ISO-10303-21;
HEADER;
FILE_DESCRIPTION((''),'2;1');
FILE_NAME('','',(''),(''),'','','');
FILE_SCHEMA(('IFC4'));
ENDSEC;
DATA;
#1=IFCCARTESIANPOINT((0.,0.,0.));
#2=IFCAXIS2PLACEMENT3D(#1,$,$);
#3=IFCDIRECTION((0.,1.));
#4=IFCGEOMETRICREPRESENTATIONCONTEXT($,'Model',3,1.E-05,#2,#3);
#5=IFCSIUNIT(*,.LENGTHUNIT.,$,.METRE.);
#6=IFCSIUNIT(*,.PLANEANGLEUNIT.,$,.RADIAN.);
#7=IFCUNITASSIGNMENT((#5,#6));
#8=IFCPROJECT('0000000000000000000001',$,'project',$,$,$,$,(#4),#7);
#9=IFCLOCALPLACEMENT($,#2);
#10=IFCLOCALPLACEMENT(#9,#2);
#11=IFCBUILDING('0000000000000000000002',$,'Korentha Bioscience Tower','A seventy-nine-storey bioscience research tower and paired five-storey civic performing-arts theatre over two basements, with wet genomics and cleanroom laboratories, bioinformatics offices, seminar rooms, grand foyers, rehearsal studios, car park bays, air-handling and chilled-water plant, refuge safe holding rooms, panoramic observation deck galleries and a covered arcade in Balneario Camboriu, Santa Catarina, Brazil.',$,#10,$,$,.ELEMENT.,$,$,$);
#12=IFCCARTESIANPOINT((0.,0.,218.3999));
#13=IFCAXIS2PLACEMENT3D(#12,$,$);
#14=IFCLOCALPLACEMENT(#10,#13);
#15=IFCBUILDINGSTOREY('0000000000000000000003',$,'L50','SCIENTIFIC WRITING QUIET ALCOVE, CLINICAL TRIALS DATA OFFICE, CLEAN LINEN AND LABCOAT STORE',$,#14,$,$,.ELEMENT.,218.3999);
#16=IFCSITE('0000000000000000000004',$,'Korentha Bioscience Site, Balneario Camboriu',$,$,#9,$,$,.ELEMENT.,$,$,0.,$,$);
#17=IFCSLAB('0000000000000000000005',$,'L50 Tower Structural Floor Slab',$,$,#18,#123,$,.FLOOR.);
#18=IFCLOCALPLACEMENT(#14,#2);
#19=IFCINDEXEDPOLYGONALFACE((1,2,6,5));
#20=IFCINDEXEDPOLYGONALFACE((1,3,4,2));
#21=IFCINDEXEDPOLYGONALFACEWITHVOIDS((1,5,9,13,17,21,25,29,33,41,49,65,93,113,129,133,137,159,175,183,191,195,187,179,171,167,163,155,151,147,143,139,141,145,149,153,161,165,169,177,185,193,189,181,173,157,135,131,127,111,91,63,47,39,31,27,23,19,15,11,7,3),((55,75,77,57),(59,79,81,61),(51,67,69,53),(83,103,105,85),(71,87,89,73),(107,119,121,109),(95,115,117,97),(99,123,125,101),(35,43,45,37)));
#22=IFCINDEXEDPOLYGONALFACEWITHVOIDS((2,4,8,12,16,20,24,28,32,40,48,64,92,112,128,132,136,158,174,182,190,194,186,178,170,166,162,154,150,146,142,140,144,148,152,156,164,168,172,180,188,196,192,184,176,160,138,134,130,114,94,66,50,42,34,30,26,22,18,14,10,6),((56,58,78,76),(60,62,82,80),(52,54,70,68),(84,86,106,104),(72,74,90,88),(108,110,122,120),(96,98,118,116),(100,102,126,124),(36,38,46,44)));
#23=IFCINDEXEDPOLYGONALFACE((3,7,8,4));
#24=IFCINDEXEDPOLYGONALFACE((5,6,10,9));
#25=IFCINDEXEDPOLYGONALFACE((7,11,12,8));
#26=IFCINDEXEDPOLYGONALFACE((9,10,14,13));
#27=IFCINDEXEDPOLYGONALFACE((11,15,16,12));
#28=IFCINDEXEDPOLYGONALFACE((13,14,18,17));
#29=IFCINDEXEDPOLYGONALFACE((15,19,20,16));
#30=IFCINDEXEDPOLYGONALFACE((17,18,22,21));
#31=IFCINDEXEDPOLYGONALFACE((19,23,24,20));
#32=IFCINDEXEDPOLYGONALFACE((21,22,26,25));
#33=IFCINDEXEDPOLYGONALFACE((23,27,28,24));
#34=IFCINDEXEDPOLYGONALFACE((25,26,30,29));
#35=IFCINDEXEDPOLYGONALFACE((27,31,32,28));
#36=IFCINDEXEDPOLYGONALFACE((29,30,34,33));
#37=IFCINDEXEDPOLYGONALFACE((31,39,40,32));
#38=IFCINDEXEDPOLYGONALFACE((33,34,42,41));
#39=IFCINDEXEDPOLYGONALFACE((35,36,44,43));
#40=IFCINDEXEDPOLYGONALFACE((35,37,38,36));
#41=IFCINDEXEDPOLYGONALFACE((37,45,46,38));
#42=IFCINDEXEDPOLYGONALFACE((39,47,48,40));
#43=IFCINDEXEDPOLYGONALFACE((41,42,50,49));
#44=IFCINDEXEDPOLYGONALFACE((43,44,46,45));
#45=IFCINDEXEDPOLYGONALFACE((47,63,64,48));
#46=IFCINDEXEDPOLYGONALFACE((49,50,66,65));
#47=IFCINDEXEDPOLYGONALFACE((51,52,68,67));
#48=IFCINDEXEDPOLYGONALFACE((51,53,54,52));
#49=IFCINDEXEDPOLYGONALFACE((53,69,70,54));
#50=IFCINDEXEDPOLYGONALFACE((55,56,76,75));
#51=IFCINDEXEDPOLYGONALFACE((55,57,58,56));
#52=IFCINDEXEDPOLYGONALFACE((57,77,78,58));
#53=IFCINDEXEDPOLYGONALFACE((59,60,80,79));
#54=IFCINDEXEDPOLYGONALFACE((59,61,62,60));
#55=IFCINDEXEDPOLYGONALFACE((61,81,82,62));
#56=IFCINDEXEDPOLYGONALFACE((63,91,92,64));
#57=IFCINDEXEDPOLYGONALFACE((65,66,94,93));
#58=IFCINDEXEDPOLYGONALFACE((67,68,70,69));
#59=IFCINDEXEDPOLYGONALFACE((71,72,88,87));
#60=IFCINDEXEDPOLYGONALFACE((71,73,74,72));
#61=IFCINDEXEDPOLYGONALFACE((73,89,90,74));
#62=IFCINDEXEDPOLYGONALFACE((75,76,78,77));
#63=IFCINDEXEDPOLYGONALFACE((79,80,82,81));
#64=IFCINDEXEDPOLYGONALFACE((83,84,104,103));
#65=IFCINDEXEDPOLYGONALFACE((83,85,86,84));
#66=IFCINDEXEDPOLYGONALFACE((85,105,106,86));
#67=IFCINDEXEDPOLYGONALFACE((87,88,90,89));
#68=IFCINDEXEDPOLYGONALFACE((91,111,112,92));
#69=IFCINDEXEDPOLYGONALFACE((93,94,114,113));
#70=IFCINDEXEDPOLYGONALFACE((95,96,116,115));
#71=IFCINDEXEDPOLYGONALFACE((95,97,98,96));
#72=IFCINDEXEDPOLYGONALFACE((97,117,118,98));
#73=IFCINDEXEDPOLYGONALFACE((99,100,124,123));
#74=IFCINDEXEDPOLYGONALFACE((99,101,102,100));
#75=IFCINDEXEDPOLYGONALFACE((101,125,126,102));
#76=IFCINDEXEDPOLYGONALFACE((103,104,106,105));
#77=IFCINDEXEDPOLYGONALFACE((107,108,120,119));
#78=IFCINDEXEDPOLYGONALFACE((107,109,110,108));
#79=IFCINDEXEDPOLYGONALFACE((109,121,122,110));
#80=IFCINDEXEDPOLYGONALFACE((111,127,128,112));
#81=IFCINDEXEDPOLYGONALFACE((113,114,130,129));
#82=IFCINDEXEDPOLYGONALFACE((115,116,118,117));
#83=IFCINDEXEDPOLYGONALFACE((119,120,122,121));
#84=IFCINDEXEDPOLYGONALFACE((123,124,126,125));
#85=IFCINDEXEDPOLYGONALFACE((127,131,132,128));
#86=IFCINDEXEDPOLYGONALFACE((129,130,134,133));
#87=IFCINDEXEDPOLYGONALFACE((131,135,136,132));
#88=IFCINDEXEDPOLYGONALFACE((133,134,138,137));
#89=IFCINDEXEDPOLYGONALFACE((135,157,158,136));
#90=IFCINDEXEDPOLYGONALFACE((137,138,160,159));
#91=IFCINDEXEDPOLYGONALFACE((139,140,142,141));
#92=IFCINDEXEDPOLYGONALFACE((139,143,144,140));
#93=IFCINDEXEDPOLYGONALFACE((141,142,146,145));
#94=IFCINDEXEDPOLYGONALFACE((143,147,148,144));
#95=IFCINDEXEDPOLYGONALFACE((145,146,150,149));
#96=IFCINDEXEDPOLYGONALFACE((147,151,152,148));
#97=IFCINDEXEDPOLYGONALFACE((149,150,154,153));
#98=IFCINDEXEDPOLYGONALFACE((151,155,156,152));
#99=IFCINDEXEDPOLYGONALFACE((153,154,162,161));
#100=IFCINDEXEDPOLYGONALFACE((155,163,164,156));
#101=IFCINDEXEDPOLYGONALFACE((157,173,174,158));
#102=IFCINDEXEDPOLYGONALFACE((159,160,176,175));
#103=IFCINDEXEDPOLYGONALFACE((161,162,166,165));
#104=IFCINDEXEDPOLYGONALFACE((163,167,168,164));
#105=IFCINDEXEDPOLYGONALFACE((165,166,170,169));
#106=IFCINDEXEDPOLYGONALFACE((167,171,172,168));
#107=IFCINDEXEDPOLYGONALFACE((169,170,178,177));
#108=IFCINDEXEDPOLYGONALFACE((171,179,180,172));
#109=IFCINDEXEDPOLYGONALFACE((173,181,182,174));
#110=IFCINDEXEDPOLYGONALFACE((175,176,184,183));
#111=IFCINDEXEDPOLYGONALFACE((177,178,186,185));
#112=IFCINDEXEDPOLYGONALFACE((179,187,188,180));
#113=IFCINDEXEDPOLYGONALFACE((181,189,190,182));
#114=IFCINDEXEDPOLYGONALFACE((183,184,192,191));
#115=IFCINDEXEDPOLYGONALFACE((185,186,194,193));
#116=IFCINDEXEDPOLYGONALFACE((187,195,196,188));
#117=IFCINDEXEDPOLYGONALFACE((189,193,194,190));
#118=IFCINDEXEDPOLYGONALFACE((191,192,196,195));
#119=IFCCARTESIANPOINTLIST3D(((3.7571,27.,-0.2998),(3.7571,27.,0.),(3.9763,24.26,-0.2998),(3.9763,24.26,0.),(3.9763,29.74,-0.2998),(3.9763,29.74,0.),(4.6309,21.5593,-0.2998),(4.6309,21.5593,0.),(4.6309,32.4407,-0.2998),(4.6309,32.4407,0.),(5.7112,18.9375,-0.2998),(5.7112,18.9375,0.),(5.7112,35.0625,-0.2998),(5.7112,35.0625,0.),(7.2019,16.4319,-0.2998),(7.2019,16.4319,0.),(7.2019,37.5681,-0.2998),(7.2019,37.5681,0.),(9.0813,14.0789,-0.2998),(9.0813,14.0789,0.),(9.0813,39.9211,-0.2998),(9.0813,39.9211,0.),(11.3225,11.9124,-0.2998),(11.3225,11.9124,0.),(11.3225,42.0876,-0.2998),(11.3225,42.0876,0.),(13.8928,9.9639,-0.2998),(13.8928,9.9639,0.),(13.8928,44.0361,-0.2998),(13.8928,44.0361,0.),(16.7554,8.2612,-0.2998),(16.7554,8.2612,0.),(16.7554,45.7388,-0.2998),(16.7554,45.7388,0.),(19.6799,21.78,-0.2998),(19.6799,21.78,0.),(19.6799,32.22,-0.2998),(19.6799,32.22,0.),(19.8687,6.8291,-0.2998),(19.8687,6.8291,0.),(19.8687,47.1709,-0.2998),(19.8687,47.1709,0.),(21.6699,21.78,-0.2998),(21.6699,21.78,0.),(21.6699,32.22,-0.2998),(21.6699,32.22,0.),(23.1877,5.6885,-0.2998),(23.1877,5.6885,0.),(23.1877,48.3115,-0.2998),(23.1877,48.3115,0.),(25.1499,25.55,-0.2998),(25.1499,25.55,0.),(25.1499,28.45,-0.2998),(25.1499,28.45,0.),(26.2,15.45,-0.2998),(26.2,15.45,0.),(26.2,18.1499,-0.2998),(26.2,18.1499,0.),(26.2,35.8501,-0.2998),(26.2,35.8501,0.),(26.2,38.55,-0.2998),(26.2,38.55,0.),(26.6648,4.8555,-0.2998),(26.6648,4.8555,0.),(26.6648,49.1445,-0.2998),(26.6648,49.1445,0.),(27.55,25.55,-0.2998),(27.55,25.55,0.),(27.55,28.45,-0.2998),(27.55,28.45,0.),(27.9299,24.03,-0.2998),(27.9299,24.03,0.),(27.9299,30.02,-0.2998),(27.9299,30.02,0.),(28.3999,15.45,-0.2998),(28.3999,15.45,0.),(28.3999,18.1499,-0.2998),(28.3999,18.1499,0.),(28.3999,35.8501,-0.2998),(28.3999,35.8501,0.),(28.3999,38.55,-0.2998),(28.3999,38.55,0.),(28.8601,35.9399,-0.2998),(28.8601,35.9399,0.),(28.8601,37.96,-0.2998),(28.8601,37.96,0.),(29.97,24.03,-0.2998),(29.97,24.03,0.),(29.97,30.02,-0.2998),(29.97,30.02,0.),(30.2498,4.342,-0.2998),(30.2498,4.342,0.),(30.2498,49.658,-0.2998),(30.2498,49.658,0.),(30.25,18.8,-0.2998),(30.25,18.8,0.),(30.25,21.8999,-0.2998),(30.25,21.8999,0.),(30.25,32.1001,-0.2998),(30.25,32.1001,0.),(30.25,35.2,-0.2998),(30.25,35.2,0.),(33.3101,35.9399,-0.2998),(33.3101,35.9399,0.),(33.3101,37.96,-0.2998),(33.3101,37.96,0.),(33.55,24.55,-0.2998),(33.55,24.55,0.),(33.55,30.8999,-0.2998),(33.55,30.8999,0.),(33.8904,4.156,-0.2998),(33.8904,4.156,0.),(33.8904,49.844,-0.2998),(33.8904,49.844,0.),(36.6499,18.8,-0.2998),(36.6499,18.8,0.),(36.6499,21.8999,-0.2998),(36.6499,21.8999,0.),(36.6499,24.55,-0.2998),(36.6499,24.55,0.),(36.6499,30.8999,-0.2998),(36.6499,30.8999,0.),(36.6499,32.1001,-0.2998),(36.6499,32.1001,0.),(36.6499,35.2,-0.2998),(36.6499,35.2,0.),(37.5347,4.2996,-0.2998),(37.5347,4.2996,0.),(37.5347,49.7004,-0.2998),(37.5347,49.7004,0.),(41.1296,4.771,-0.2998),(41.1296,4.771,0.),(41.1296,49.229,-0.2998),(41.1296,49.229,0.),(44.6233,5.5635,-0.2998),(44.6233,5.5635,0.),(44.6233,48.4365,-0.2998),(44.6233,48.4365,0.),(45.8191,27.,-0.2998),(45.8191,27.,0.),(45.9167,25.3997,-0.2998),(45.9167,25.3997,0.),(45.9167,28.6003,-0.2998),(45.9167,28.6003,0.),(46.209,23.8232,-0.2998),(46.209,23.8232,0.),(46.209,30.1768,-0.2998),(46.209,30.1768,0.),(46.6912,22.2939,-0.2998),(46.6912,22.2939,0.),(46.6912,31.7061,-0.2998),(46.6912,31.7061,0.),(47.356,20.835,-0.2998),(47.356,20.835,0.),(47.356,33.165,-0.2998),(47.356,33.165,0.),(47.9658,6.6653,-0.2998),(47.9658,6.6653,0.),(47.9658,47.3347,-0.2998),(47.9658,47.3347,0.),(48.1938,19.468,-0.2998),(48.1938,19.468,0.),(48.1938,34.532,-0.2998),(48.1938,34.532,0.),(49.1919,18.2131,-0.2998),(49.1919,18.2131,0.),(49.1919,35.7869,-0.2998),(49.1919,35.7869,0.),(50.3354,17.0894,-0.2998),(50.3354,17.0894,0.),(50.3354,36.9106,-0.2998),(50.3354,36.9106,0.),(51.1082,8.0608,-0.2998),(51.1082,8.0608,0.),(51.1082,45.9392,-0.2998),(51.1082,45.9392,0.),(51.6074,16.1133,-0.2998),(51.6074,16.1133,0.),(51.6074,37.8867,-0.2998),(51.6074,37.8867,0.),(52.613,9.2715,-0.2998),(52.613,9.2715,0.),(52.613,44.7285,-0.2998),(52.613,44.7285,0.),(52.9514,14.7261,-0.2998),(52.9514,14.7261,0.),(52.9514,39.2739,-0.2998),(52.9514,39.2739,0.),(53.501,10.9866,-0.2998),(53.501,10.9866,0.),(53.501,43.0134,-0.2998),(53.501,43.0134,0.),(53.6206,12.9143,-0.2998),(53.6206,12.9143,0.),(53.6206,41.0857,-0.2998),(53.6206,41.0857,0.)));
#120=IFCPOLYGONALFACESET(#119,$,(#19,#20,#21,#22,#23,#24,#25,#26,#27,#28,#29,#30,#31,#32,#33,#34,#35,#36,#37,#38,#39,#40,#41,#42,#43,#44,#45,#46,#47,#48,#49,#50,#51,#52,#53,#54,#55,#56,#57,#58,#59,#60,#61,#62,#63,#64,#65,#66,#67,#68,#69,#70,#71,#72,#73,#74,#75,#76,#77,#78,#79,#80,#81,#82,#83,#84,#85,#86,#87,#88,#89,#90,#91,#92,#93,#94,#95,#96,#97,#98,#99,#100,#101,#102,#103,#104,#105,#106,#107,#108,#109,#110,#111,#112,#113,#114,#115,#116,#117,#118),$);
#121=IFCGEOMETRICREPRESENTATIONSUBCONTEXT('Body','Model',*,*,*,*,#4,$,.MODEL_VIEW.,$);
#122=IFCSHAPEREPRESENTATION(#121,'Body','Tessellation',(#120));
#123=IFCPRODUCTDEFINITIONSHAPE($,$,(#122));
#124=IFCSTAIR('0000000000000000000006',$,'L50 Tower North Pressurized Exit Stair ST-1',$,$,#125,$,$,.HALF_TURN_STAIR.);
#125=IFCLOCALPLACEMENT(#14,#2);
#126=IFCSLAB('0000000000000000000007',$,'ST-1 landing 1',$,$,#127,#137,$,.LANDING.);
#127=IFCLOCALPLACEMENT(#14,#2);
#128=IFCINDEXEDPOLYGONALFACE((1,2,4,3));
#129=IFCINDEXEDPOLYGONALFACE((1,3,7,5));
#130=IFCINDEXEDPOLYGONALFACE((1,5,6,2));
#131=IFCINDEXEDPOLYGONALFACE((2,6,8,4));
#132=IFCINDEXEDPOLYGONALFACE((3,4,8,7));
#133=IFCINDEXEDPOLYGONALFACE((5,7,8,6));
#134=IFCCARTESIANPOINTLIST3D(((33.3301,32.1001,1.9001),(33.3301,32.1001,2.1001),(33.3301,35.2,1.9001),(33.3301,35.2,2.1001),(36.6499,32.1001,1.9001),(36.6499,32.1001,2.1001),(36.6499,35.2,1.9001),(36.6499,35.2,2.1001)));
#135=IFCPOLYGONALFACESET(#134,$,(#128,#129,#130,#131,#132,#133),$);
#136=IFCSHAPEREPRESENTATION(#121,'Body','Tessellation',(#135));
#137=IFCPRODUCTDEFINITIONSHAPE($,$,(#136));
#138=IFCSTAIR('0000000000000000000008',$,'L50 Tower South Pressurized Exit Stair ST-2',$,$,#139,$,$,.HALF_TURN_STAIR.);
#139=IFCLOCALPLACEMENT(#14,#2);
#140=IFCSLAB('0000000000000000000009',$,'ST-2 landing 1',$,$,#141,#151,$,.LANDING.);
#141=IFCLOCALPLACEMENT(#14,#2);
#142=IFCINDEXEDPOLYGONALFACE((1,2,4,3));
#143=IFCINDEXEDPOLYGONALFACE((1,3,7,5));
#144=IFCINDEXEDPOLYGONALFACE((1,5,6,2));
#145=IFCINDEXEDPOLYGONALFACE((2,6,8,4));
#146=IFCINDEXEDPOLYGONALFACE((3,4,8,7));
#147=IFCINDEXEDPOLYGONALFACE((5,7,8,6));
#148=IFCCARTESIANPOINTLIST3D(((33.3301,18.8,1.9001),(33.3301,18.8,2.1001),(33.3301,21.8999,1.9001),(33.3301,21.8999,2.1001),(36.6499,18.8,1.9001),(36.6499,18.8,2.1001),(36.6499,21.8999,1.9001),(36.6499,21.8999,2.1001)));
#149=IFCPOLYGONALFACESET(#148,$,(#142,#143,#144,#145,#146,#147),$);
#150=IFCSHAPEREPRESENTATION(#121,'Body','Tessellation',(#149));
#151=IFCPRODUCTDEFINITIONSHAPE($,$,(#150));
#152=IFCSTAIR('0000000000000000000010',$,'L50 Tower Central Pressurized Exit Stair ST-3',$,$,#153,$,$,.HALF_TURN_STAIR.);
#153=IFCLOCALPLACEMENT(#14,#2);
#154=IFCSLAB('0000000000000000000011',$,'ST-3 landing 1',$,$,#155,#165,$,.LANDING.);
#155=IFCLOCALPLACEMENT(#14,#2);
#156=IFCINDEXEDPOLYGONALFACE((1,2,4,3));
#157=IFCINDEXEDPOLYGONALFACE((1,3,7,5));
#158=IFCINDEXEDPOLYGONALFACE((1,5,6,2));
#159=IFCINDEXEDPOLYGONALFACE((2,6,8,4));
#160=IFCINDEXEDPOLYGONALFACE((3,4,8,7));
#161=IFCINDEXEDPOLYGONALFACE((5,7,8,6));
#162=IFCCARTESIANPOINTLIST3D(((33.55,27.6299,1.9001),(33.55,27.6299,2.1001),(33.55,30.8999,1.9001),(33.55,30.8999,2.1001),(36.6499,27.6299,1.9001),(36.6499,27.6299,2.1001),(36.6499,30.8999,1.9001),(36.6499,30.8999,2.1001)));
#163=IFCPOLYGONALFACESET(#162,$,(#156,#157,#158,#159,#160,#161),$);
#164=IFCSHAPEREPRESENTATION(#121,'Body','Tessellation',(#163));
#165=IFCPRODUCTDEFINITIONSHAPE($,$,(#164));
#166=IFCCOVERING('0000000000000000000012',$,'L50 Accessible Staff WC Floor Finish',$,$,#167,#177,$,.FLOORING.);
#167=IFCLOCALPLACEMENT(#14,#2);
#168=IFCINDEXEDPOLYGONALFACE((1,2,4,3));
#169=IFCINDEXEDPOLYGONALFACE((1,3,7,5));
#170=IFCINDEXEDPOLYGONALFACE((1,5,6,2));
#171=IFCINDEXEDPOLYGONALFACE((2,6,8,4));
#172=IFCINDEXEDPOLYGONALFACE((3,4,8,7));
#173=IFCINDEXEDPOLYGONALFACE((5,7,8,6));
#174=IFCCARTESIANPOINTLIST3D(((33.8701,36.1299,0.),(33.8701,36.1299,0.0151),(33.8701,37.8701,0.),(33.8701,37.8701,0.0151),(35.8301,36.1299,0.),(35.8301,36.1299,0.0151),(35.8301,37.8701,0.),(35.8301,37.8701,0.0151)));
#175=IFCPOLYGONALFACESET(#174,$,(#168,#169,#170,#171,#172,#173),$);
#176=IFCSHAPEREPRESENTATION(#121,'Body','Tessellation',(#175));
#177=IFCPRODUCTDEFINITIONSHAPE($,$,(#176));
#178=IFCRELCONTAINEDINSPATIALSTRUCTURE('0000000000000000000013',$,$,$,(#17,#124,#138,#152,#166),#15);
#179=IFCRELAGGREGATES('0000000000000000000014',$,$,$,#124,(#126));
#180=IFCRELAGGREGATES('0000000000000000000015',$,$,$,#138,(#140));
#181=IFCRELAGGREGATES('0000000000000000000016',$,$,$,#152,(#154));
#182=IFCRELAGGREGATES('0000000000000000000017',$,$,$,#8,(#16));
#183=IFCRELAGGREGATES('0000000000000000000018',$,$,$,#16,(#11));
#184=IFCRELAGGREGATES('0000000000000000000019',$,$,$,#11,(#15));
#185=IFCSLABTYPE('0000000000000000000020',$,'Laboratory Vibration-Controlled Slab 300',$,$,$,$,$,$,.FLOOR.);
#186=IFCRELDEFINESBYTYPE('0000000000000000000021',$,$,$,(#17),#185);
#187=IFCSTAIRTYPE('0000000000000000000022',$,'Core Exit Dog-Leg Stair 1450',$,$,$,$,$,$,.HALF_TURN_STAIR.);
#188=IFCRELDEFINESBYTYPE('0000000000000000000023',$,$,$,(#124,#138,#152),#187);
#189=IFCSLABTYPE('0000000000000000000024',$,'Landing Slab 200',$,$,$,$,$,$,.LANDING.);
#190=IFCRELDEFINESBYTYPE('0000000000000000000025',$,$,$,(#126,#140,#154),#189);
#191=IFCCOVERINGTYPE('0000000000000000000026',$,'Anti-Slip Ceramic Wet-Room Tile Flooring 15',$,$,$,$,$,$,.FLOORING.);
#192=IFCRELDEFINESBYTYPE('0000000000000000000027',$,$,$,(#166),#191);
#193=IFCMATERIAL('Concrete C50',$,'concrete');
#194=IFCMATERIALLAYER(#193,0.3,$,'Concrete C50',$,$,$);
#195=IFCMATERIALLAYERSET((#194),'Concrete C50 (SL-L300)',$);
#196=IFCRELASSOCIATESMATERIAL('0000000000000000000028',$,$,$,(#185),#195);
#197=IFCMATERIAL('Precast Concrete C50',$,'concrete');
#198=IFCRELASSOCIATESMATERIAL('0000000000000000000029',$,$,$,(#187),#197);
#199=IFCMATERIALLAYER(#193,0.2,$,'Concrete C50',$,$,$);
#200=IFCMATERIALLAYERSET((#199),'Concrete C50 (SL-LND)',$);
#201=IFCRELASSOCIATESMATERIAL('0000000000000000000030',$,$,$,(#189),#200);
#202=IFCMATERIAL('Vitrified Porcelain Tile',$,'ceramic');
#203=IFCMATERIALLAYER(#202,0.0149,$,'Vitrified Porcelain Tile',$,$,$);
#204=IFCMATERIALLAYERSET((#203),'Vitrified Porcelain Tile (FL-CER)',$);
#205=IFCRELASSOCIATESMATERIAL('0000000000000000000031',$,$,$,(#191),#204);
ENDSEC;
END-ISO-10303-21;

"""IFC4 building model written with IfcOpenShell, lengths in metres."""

from ifc_helpers import new_model, si_unit, direction, frame, origin, place, context, subcontext, project, spatial, polyline, outline, extrude, material, layer, layer_set, type_object, element, aggregate, save


model = new_model("IFC4")

# Units and contexts
model_context = context("Model", 3, precision=1e-05, world=origin(), true_north=direction((0.0, 1.0)))
body_context = subcontext(model_context, "Body", "Model", "MODEL_VIEW")
ifc_project = project(units=[si_unit("LENGTHUNIT", "METRE"), si_unit("PLANEANGLEUNIT", "RADIAN")], contexts=[model_context])

# Site, building, storey
site_placement = place(None, origin())
site = spatial("IfcSite", under=ifc_project, at=site_placement, Name="Korentha Bioscience Site, Balneario Camboriu", CompositionType="ELEMENT", RefElevation=0.0)
building_placement = place(site_placement, origin())
building = spatial("IfcBuilding", under=site, at=building_placement, Name="Korentha Bioscience Tower", Description="A seventy-nine-storey bioscience research tower and paired five-storey civic performing-arts theatre over two basements, with wet genomics and cleanroom laboratories, bioinformatics offices, seminar rooms, grand foyers, rehearsal studios, car park bays, air-handling and chilled-water plant, refuge safe holding rooms, panoramic observation deck galleries and a covered arcade in Balneario Camboriu, Santa Catarina, Brazil.", CompositionType="ELEMENT")
storey_placement = place(building_placement, frame((0.0, 0.0, 218.3999)))
storey = spatial("IfcBuildingStorey", under=building, at=storey_placement, Name="L50", Description="SCIENTIFIC WRITING QUIET ALCOVE, CLINICAL TRIALS DATA OFFICE, CLEAN LINEN AND LABCOAT STORE", CompositionType="ELEMENT", Elevation=218.3999)

# Slab
ifc_material_1 = material(Name="Concrete C50", Category="concrete")
ifc_layer_1 = layer(ifc_material_1, 0.3, Name="Concrete C50")
ifc_layer_set_1 = layer_set([ifc_layer_1], Name="Concrete C50 (SL-L300)")
slab_type_1 = type_object("IfcSlabType", Name="Laboratory Vibration-Controlled Slab 300", PredefinedType="FLOOR", material=ifc_layer_set_1)
slab_1_placement = place(storey_placement, frame((0.0, 0.0, -0.2998)))
element("IfcSlab", 1, at=slab_1_placement, inside=storey, type_object=slab_type_1, Name="L50 Tower Structural Floor Slab", PredefinedType="FLOOR", context=body_context, shape_type="SweptSolid", body=[
    extrude(outline(polyline([(51.1082, 45.9392), (47.9658, 47.3347), (44.6233, 48.4365), (41.1296, 49.229), (37.5347, 49.7004), (33.8904, 49.844), (30.2498, 49.658), (26.6648, 49.1445), (23.1877, 48.3115), (19.8687, 47.1709), (16.7554, 45.7388), (13.8928, 44.0361), (11.3225, 42.0876), (9.0813, 39.9211), (7.2019, 37.5681), (5.7112, 35.0625), (4.6309, 32.4407), (3.9763, 29.74), (3.7571, 27.0), (3.9763, 24.26), (4.6309, 21.5593), (5.7112, 18.9375), (7.2019, 16.4319), (9.0813, 14.0789), (11.3225, 11.9124), (13.8928, 9.9639), (16.7554, 8.2612), (19.8687, 6.8291), (23.1877, 5.6885), (26.6648, 4.8555), (30.2498, 4.342), (33.8904, 4.156), (37.5347, 4.2996), (41.1296, 4.771), (44.6233, 5.5635), (47.9658, 6.6653), (51.1082, 8.0608), (52.613, 9.2715), (53.501, 10.9866), (53.6206, 12.9143), (52.9514, 14.7261), (51.6074, 16.1133), (50.3354, 17.0894), (49.1919, 18.2131), (48.1938, 19.468), (47.356, 20.835), (46.6912, 22.2939), (46.209, 23.8232), (45.9167, 25.3997), (45.8191, 27.0), (45.9167, 28.6003), (46.209, 30.1768), (46.6912, 31.7061), (47.356, 33.165), (48.1938, 34.532), (49.1919, 35.7869), (50.3354, 36.9106), (51.6074, 37.8867), (52.9514, 39.2739), (53.6206, 41.0857), (53.501, 43.0134), (52.613, 44.7285), (51.1082, 45.9392)]), holes=[polyline([(30.25, 32.1001), (36.6499, 32.1001), (36.6499, 35.2), (30.25, 35.2), (30.25, 32.1001)]), polyline([(30.25, 18.8), (36.6499, 18.8), (36.6499, 21.8999), (30.25, 21.8999), (30.25, 18.8)]), polyline([(36.6499, 24.55), (36.6499, 30.8999), (33.55, 30.8999), (33.55, 24.55), (36.6499, 24.55)]), polyline([(19.6799, 21.78), (21.6699, 21.78), (21.6699, 32.22), (19.6799, 32.22), (19.6799, 21.78)]), polyline([(27.9299, 24.03), (29.97, 24.03), (29.97, 30.02), (27.9299, 30.02), (27.9299, 24.03)]), polyline([(28.8601, 35.9399), (33.3101, 35.9399), (33.3101, 37.96), (28.8601, 37.96), (28.8601, 35.9399)]), polyline([(26.2, 15.45), (28.3999, 15.45), (28.3999, 18.1499), (26.2, 18.1499), (26.2, 15.45)]), polyline([(26.2, 35.8501), (28.3999, 35.8501), (28.3999, 38.55), (26.2, 38.55), (26.2, 35.8501)]), polyline([(25.1499, 25.55), (27.55, 25.55), (27.55, 28.45), (25.1499, 28.45), (25.1499, 25.55)])]), origin(), (0.0, 0.0, 1.0), 0.2998),
])

# Stairs, slabs
ifc_material_2 = material(Name="Precast Concrete C50", Category="concrete")
stair_type = type_object("IfcStairType", Name="Core Exit Dog-Leg Stair 1450", PredefinedType="HALF_TURN_STAIR", material=ifc_material_2)
stair_1_placement = place(storey_placement, origin())
stair_1 = element("IfcStair", 2, at=stair_1_placement, inside=storey, type_object=stair_type, Name="L50 Tower North Pressurized Exit Stair ST-1", PredefinedType="HALF_TURN_STAIR")
ifc_layer_2 = layer(ifc_material_1, 0.2, Name="Concrete C50")
ifc_layer_set_2 = layer_set([ifc_layer_2], Name="Concrete C50 (SL-LND)")
slab_type_2 = type_object("IfcSlabType", Name="Landing Slab 200", PredefinedType="LANDING", material=ifc_layer_set_2)
slab_2_placement = place(storey_placement, frame((0.0, 0.0, 1.9001)))
slab_2 = element("IfcSlab", 3, at=slab_2_placement, type_object=slab_type_2, Name="ST-1 landing 1", PredefinedType="LANDING", context=body_context, shape_type="SweptSolid", body=[
    extrude(outline(polyline([(33.3301, 32.1001), (36.6499, 32.1001), (36.6499, 35.2), (33.3301, 35.2), (33.3301, 32.1001)])), origin(), (0.0, 0.0, 1.0), 0.2),
])
aggregate(stair_1, [slab_2])
stair_2_placement = place(storey_placement, origin())
stair_2 = element("IfcStair", 4, at=stair_2_placement, inside=storey, type_object=stair_type, Name="L50 Tower South Pressurized Exit Stair ST-2", PredefinedType="HALF_TURN_STAIR")
slab_3_placement = place(storey_placement, frame((0.0, 0.0, 1.9001)))
slab_3 = element("IfcSlab", 5, at=slab_3_placement, type_object=slab_type_2, Name="ST-2 landing 1", PredefinedType="LANDING", context=body_context, shape_type="SweptSolid", body=[
    extrude(outline(polyline([(33.3301, 18.8), (36.6499, 18.8), (36.6499, 21.8999), (33.3301, 21.8999), (33.3301, 18.8)])), origin(), (0.0, 0.0, 1.0), 0.2),
])
aggregate(stair_2, [slab_3])
stair_3_placement = place(storey_placement, origin())
stair_3 = element("IfcStair", 6, at=stair_3_placement, inside=storey, type_object=stair_type, Name="L50 Tower Central Pressurized Exit Stair ST-3", PredefinedType="HALF_TURN_STAIR")
slab_4_placement = place(storey_placement, frame((0.0, 0.0, 1.9001)))
slab_4 = element("IfcSlab", 7, at=slab_4_placement, type_object=slab_type_2, Name="ST-3 landing 1", PredefinedType="LANDING", context=body_context, shape_type="SweptSolid", body=[
    extrude(outline(polyline([(36.6499, 27.6299), (36.6499, 30.8999), (33.55, 30.8999), (33.55, 27.6299), (36.6499, 27.6299)])), origin(), (0.0, 0.0, 1.0), 0.2),
])
aggregate(stair_3, [slab_4])

# Covering
ifc_material_3 = material(Name="Vitrified Porcelain Tile", Category="ceramic")
ifc_layer_3 = layer(ifc_material_3, 0.0149, Name="Vitrified Porcelain Tile")
ifc_layer_set_3 = layer_set([ifc_layer_3], Name="Vitrified Porcelain Tile (FL-CER)")
covering_type_1 = type_object("IfcCoveringType", Name="Anti-Slip Ceramic Wet-Room Tile Flooring 15", PredefinedType="FLOORING", material=ifc_layer_set_3)
covering_1_placement = place(storey_placement, origin())
element("IfcCovering", 8, at=covering_1_placement, inside=storey, type_object=covering_type_1, Name="L50 Accessible Staff WC Floor Finish", PredefinedType="FLOORING", context=body_context, shape_type="SweptSolid", body=[
    extrude(outline(polyline([(33.8701, 36.1299), (33.8701, 37.8701), (35.8301, 37.8701), (35.8301, 36.1299), (33.8701, 36.1299)])), origin(), (0.0, 0.0, 1.0), 0.0151),
])

save(model, "model.ifc")
